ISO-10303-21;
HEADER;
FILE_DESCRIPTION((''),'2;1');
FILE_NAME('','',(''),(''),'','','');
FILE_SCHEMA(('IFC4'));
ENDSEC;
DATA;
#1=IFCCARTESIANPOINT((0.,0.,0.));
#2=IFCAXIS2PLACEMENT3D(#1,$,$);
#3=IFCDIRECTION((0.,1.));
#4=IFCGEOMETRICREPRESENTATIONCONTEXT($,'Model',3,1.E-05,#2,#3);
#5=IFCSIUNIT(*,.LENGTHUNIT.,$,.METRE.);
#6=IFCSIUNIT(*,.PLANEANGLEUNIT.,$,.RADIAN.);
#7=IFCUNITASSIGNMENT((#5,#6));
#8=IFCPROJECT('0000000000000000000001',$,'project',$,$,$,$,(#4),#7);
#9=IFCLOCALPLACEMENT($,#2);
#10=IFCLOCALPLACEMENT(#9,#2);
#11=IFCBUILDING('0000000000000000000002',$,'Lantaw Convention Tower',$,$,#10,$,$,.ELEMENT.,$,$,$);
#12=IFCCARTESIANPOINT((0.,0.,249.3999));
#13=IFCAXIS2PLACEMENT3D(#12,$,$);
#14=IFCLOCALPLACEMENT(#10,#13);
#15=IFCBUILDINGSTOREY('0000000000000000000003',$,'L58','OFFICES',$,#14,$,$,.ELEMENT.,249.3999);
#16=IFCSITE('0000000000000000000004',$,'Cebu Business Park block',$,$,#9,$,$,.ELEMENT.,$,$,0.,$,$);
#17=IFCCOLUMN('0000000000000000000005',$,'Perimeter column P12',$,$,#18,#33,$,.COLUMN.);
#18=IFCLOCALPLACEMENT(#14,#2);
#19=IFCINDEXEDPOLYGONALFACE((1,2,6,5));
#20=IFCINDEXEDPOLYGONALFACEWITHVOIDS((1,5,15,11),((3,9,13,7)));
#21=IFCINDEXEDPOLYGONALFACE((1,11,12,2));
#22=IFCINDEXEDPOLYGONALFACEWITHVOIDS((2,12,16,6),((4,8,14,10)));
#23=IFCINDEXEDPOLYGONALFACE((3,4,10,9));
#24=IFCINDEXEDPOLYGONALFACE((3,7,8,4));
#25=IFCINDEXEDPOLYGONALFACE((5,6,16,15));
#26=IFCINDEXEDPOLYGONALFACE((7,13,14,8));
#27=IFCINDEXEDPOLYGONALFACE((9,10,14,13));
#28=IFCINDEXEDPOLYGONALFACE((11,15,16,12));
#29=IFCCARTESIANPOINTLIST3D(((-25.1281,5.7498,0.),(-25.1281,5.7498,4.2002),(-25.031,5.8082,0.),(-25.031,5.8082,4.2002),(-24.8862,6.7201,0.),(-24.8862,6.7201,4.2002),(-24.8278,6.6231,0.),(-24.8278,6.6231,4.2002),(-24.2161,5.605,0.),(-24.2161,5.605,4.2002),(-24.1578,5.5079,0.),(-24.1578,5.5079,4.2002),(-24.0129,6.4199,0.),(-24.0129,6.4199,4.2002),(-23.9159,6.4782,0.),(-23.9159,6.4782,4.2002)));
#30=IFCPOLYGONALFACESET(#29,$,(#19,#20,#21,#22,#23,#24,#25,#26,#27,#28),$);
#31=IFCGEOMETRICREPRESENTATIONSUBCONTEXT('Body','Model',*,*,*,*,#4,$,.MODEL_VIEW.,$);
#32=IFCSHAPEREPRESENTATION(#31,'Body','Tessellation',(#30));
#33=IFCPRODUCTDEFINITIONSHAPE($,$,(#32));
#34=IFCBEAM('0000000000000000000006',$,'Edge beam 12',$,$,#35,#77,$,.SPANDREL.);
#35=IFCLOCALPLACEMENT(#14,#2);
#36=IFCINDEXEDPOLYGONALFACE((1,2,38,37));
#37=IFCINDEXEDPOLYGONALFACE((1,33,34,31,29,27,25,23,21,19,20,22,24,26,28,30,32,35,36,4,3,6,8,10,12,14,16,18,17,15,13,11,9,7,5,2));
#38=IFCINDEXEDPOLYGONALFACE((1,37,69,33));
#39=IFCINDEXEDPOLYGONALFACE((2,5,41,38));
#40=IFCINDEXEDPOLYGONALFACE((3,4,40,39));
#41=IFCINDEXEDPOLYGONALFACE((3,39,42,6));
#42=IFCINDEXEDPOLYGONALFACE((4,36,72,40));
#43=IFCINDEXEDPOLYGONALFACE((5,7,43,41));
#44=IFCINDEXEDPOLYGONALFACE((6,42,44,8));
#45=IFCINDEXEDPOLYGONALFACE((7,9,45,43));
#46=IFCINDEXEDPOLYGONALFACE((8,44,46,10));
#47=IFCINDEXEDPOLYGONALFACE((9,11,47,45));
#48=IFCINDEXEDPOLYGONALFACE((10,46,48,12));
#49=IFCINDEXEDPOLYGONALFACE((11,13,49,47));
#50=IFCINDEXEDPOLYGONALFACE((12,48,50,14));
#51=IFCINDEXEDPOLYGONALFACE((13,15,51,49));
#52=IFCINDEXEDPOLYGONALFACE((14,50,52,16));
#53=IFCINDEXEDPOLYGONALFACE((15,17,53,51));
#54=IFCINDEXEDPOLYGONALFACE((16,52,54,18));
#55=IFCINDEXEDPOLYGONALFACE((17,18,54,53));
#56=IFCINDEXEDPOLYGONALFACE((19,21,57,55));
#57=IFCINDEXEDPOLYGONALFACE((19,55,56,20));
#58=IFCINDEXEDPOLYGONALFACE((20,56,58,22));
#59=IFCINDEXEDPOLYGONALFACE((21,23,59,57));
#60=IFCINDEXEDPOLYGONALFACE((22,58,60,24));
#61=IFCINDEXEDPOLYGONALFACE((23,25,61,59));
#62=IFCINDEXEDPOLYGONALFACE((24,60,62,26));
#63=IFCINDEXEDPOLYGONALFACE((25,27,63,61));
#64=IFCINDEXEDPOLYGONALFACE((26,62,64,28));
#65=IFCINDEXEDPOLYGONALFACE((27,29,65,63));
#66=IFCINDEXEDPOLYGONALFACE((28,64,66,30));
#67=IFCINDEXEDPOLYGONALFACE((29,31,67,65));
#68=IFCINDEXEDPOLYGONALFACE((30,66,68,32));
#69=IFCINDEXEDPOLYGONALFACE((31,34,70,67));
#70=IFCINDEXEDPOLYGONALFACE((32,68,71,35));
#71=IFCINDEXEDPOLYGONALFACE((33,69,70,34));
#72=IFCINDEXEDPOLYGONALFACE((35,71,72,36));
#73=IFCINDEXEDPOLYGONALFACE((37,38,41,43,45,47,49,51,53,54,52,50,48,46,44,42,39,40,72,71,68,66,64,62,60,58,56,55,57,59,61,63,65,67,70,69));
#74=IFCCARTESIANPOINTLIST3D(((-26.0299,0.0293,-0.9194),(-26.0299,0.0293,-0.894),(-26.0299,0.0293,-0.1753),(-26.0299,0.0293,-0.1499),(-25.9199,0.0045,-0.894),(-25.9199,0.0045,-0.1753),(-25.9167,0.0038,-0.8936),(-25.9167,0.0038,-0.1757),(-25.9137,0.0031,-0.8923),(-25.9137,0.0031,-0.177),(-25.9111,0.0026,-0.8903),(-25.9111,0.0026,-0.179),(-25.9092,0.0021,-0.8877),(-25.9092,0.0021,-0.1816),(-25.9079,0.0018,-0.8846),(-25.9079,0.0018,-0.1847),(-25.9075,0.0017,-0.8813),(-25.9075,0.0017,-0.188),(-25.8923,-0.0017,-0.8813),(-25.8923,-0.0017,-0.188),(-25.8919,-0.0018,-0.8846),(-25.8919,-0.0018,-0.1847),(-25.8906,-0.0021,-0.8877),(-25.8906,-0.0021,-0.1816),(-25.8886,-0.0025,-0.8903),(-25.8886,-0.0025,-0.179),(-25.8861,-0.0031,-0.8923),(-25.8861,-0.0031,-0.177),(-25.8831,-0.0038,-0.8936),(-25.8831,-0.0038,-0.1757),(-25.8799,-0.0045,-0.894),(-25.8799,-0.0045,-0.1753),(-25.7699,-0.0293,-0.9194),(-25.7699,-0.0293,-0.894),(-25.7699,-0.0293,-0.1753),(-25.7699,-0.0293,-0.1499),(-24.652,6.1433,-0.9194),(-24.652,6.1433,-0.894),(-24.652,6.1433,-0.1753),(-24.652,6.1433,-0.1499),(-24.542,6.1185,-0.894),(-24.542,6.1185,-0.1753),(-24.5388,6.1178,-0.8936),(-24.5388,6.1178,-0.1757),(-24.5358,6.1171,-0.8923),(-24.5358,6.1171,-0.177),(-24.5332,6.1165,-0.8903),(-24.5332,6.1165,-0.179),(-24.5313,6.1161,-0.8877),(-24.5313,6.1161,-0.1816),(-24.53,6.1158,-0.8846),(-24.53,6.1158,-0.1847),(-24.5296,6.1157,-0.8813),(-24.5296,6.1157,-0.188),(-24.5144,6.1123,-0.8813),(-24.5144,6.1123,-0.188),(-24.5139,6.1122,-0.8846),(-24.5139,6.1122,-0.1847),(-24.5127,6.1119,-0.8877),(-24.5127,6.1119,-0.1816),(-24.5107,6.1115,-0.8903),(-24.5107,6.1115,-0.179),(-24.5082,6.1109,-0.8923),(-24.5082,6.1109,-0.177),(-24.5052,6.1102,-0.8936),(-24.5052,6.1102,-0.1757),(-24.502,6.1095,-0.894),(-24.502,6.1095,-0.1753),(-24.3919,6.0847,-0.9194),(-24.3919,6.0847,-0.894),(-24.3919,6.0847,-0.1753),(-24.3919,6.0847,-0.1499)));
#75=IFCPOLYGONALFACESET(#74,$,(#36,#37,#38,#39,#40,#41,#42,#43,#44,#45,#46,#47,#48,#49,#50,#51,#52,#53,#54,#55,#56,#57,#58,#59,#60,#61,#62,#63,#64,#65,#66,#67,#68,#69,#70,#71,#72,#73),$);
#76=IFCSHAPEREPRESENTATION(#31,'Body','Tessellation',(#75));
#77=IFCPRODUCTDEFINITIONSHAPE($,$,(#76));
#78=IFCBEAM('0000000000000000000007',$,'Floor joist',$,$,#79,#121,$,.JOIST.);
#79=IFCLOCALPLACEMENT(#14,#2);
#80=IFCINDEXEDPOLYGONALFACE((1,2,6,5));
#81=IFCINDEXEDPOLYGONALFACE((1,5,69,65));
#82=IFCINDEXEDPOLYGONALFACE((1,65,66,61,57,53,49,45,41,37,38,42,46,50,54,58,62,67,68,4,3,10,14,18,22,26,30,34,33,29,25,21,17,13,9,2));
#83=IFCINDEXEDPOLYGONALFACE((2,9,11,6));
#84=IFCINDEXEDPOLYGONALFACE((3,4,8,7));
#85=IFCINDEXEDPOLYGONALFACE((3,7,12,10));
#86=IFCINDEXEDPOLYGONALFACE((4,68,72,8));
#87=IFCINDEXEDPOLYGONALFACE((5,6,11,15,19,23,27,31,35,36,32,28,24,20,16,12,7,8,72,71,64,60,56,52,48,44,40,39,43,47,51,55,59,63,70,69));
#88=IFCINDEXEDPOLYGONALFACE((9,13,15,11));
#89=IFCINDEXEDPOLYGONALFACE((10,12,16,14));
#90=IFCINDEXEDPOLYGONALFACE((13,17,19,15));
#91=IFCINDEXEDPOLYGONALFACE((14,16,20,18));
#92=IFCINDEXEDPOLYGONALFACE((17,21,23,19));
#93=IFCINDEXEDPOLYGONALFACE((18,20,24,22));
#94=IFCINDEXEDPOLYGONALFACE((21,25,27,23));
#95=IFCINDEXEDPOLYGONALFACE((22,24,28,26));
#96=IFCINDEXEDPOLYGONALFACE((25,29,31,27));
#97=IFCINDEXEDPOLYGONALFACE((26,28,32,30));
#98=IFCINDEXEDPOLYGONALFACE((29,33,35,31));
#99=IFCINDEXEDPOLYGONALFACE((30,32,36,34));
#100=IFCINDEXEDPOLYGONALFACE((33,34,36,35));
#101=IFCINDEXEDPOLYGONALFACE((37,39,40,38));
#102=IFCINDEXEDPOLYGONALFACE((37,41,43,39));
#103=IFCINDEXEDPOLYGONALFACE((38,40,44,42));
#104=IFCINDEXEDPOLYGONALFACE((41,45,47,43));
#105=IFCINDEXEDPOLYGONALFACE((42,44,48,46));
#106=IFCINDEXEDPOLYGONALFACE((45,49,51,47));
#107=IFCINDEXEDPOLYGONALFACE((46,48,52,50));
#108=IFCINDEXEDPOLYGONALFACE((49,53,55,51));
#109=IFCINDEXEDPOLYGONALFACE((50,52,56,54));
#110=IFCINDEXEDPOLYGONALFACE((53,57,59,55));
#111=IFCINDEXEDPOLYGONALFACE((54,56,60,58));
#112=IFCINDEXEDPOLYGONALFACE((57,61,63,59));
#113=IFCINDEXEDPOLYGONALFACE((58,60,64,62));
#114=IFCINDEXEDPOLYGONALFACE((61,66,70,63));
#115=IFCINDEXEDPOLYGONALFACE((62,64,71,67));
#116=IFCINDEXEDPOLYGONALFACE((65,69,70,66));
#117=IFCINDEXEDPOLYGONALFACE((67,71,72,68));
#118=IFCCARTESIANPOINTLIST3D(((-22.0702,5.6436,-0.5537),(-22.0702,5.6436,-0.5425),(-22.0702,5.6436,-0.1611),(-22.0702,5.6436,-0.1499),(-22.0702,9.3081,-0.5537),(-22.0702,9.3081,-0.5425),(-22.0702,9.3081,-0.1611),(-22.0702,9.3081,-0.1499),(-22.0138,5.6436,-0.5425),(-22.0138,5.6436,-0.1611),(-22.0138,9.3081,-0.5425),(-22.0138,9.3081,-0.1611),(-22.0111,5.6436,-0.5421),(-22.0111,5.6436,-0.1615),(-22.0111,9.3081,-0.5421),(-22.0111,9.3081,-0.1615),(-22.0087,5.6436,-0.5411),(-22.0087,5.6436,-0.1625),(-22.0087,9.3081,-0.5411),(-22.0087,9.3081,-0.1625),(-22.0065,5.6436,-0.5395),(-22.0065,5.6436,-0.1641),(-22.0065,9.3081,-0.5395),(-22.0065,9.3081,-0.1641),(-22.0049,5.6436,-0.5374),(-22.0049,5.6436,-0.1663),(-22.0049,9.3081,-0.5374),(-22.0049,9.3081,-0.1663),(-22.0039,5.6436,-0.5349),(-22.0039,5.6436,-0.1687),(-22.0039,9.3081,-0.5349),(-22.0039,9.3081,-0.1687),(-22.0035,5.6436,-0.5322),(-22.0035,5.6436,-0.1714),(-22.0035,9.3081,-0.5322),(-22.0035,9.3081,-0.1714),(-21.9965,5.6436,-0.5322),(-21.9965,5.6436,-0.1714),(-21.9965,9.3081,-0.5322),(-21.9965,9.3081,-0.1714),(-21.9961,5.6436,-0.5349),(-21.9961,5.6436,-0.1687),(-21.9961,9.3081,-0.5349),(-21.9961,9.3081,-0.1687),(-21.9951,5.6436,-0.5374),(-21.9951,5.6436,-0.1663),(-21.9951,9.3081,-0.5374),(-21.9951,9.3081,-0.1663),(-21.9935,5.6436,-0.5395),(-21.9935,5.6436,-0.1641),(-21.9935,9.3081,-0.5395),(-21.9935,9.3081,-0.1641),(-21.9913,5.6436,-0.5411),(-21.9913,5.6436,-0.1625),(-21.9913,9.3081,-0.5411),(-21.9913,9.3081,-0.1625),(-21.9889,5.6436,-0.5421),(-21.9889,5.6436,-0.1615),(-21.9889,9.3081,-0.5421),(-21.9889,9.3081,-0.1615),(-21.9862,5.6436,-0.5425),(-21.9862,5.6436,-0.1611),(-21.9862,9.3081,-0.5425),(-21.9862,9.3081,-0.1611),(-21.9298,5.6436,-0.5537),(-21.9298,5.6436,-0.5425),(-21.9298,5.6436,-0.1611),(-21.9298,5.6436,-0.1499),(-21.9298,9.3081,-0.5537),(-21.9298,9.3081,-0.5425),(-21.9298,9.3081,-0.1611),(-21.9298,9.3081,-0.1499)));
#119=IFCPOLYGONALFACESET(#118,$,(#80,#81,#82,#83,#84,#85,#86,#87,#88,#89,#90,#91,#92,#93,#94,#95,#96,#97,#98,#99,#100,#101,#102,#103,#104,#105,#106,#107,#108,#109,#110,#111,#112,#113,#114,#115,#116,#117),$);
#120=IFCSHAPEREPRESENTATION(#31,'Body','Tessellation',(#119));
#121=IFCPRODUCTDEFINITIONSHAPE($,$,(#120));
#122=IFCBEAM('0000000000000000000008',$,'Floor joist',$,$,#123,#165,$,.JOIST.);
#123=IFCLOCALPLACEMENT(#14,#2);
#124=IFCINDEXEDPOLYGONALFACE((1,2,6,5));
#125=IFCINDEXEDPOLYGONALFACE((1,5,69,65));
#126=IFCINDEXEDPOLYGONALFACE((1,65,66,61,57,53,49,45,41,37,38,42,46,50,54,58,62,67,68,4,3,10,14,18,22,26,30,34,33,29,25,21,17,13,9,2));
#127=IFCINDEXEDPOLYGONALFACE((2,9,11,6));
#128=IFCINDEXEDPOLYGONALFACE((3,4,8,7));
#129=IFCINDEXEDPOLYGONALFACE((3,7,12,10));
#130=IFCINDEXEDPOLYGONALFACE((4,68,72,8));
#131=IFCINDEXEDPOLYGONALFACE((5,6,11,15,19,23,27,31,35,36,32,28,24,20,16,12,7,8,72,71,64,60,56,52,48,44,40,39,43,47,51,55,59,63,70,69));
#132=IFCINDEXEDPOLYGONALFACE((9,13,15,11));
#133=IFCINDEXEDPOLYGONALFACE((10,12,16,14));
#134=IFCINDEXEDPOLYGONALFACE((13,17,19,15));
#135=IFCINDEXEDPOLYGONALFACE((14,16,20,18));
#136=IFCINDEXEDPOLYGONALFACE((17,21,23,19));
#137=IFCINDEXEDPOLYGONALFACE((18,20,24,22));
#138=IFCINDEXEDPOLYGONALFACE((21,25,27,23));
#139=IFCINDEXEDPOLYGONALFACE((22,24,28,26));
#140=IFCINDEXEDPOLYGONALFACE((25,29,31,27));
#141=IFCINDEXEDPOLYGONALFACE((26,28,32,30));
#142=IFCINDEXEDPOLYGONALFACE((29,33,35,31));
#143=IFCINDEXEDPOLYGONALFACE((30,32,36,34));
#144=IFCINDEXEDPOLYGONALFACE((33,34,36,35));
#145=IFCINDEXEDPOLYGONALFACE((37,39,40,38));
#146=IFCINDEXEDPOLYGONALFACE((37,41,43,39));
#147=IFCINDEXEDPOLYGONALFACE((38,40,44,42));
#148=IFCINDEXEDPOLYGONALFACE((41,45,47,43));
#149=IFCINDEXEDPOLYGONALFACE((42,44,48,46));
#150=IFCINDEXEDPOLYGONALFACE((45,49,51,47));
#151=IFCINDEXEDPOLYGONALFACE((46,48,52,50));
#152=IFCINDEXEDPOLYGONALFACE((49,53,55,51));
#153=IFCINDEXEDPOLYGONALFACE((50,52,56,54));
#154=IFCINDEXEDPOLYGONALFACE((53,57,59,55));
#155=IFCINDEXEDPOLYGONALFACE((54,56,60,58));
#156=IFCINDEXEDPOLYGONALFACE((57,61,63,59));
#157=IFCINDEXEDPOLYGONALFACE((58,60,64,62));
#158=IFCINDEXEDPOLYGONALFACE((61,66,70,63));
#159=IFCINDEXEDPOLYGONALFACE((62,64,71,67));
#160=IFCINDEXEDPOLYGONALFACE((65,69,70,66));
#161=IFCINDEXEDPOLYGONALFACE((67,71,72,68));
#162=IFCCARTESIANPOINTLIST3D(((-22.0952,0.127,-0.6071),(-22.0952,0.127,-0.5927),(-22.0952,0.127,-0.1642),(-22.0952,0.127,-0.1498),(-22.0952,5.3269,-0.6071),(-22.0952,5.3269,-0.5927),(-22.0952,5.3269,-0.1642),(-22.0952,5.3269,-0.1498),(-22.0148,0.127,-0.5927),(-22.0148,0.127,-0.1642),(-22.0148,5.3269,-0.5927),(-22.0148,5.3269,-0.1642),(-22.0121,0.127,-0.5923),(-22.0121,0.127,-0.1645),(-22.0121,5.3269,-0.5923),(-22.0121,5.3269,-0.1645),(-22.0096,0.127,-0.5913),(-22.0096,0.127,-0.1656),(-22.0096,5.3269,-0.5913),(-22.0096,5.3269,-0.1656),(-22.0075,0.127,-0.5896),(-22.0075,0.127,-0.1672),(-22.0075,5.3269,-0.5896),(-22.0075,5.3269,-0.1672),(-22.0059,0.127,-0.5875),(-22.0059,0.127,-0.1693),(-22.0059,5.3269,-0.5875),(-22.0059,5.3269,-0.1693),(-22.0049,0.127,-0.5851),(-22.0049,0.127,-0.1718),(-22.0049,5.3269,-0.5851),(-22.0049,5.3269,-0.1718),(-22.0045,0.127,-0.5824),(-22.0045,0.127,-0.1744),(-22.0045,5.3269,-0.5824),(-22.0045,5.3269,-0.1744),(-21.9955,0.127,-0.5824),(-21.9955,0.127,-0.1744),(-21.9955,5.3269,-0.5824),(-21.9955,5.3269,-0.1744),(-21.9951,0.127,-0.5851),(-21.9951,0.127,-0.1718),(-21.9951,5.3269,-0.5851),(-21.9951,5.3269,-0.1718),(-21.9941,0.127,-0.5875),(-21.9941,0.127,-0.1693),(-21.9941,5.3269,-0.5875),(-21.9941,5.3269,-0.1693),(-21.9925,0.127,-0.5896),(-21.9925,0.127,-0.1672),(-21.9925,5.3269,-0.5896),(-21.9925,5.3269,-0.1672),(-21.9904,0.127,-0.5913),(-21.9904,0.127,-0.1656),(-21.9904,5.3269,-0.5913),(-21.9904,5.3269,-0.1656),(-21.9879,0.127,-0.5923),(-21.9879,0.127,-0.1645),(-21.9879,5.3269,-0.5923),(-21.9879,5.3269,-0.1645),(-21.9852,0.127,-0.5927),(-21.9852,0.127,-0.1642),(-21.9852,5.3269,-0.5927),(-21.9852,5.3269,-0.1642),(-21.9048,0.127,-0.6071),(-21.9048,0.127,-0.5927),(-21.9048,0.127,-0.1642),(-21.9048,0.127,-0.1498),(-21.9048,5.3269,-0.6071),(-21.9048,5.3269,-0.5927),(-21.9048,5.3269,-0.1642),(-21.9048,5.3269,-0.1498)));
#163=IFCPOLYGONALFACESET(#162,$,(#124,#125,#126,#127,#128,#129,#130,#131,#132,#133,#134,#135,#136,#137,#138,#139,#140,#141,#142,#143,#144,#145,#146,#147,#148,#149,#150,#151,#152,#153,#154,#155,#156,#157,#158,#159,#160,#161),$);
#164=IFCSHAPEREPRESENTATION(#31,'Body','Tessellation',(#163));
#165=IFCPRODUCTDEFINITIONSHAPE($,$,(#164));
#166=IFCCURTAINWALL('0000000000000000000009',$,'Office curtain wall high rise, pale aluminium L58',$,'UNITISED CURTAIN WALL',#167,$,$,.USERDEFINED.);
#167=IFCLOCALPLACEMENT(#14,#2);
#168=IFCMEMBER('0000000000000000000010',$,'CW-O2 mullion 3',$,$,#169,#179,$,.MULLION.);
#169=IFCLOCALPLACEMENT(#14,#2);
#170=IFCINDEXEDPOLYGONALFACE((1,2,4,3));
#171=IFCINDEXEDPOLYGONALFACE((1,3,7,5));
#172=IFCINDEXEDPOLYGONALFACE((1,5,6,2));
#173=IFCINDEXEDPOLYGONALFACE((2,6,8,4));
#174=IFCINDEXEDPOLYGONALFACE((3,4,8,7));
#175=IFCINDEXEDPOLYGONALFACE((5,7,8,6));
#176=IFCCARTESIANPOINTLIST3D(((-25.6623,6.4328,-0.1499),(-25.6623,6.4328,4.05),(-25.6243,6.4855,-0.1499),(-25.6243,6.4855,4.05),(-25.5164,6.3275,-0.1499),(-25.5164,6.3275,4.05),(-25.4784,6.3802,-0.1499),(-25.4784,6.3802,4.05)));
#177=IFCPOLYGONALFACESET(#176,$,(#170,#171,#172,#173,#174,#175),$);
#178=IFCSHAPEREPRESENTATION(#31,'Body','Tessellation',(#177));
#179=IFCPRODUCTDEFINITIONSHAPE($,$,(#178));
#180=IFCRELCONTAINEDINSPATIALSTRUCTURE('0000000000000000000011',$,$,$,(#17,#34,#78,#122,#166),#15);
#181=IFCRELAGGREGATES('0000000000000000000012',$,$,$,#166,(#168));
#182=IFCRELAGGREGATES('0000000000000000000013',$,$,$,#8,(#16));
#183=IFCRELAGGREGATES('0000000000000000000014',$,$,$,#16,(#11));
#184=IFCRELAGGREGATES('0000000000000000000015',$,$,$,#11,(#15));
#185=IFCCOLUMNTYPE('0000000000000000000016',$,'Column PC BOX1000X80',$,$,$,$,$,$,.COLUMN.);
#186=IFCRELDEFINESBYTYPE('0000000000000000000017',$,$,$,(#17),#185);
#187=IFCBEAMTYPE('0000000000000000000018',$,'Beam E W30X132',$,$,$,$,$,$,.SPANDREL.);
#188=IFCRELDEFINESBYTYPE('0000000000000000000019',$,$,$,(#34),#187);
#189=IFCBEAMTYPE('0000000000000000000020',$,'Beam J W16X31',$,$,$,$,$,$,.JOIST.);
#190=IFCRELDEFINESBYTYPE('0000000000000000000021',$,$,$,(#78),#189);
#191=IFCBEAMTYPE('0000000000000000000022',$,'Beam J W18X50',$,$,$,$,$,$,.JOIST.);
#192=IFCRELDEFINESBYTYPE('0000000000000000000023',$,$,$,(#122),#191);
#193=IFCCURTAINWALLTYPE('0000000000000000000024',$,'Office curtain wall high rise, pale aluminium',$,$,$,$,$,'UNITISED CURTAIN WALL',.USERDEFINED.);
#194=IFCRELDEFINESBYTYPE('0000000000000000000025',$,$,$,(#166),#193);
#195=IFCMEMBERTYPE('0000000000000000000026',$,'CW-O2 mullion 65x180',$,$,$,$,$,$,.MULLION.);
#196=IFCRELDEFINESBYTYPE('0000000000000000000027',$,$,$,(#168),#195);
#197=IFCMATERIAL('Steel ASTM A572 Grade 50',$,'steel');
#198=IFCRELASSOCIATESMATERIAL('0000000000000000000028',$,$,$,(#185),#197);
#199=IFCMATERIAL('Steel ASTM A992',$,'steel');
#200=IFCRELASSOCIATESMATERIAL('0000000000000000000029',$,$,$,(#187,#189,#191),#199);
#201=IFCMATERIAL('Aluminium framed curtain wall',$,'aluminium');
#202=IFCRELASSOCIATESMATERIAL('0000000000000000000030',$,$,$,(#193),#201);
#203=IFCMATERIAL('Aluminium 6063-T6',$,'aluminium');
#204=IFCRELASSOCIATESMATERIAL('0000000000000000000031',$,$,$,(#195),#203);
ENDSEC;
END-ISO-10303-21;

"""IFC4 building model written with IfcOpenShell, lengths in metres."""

from ifc_helpers import new_model, si_unit, direction, frame, origin, origin_2d, place, context, subcontext, project, spatial, rectangle, hollow_rectangle, i_section, extrude, material, material_profile, profile_set, type_object, element, aggregate, save


model = new_model("IFC4")

# Units and contexts
model_context = context("Model", 3, precision=1e-05, world=origin(), true_north=direction((0.0, 1.0)))
body_context = subcontext(model_context, "Body", "Model", "MODEL_VIEW")
ifc_project = project(units=[si_unit("LENGTHUNIT", "METRE"), si_unit("PLANEANGLEUNIT", "RADIAN")], contexts=[model_context])

# Site, building, storey
site_placement = place(None, origin())
site = spatial("IfcSite", under=ifc_project, at=site_placement, Name="Cebu Business Park block", CompositionType="ELEMENT", RefElevation=0.0)
building_placement = place(site_placement, origin())
building = spatial("IfcBuilding", under=site, at=building_placement, Name="Lantaw Convention Tower", CompositionType="ELEMENT")
storey_placement = place(building_placement, frame((0.0, 0.0, 249.3999)))
storey = spatial("IfcBuildingStorey", under=building, at=storey_placement, Name="L58", Description="OFFICES", CompositionType="ELEMENT", Elevation=249.3999)

# Column
ifc_material_1 = material(Name="Steel ASTM A572 Grade 50", Category="steel")
ifc_material_profile_1 = material_profile(ifc_material_1, hollow_rectangle(XDim=1.0, YDim=1.0, WallThickness=0.0801, at=origin_2d()), Name="BOX1000X80")
ifc_material_2 = material(Name="Concrete C60/75", Category="concrete")
ifc_material_profile_2 = material_profile(ifc_material_2, rectangle(XDim=0.8401, YDim=0.8401, at=origin_2d()), Name="Concrete fill of BOX1000X80")
ifc_profile_set_1 = profile_set([ifc_material_profile_1, ifc_material_profile_2], Name="Steel ASTM A572 Grade 50")
column_type = type_object("IfcColumnType", Name="Column PC BOX1000X80", PredefinedType="COLUMN", material=ifc_profile_set_1)
column_placement = place(storey_placement, frame((-24.522, 6.114, 0.0), z_axis=(0.0, 0.0, 1.0), x_axis=(0.241922, 0.970296, 0.0)))
element("IfcColumn", 1, at=column_placement, inside=storey, type_object=column_type, Name="Perimeter column P12", PredefinedType="COLUMN", context=body_context, shape_type="SweptSolid", body=[
    extrude(hollow_rectangle(XDim=1.0, YDim=1.0, WallThickness=0.0801, at=origin_2d()), origin(), (0.0, 0.0, 1.0), 4.2002),
])

# Beams
ifc_material_3 = material(Name="Steel ASTM A992", Category="steel")
ifc_material_profile_3 = material_profile(ifc_material_3, i_section(OverallWidth=0.2666, OverallDepth=0.7695, WebThickness=0.0156, FlangeThickness=0.0254, FilletRadius=0.0127, at=origin_2d()), Name="W30X132")
ifc_profile_set_2 = profile_set([ifc_material_profile_3], Name="Steel ASTM A992")
beam_type_1 = type_object("IfcBeamType", Name="Beam E W30X132", PredefinedType="SPANDREL", material=ifc_profile_set_2)
beam_1_placement = place(storey_placement, frame((-24.522, 6.114, -0.5347), z_axis=(-0.219858, -0.975532, 0.0), x_axis=(0.975532, -0.219858, 0.0)))
element("IfcBeam", 2, at=beam_1_placement, inside=storey, type_object=beam_type_1, Name="Edge beam 12", PredefinedType="SPANDREL", context=body_context, shape_type="SweptSolid", body=[
    extrude(i_section(OverallWidth=0.2666, OverallDepth=0.7695, WebThickness=0.0156, FlangeThickness=0.0254, FilletRadius=0.0127, at=origin_2d()), origin(), (0.0, 0.0, 1.0), 6.2673),
])
ifc_material_profile_4 = material_profile(ifc_material_3, i_section(OverallWidth=0.1404, OverallDepth=0.4038, WebThickness=0.0071, FlangeThickness=0.0112, FilletRadius=0.0103, at=origin_2d()), Name="W16X31")
ifc_profile_set_3 = profile_set([ifc_material_profile_4], Name="Steel ASTM A992")
beam_type_2 = type_object("IfcBeamType", Name="Beam J W16X31", PredefinedType="JOIST", material=ifc_profile_set_3)
beam_2_placement = place(storey_placement, frame((-22.0, 5.6436, -0.3518), z_axis=(0.0, 1.0, 0.0), x_axis=(-1.0, 0.0, 0.0)))
element("IfcBeam", 3, at=beam_2_placement, inside=storey, type_object=beam_type_2, Name="Floor joist", PredefinedType="JOIST", context=body_context, shape_type="SweptSolid", body=[
    extrude(i_section(OverallWidth=0.1404, OverallDepth=0.4038, WebThickness=0.0071, FlangeThickness=0.0112, FilletRadius=0.0103, at=origin_2d()), origin(), (0.0, 0.0, 1.0), 3.6646),
])
ifc_material_profile_5 = material_profile(ifc_material_3, i_section(OverallWidth=0.1904, OverallDepth=0.4573, WebThickness=0.009, FlangeThickness=0.0144, FilletRadius=0.0103, at=origin_2d()), Name="W18X50")
ifc_profile_set_4 = profile_set([ifc_material_profile_5], Name="Steel ASTM A992")
beam_type_3 = type_object("IfcBeamType", Name="Beam J W18X50", PredefinedType="JOIST", material=ifc_profile_set_4)
beam_3_placement = place(storey_placement, frame((-22.0, 0.127, -0.3784), z_axis=(0.0, 1.0, 0.0), x_axis=(-1.0, 0.0, 0.0)))
element("IfcBeam", 4, at=beam_3_placement, inside=storey, type_object=beam_type_3, Name="Floor joist", PredefinedType="JOIST", context=body_context, shape_type="SweptSolid", body=[
    extrude(i_section(OverallWidth=0.1904, OverallDepth=0.4573, WebThickness=0.009, FlangeThickness=0.0144, FilletRadius=0.0103, at=origin_2d()), origin(), (0.0, 0.0, 1.0), 5.2),
])

# Curtain wall, member
ifc_material_4 = material(Name="Aluminium framed curtain wall", Category="aluminium")
curtain_wall_type = type_object("IfcCurtainWallType", Name="Office curtain wall high rise, pale aluminium", ElementType="UNITISED CURTAIN WALL", PredefinedType="USERDEFINED", material=ifc_material_4)
curtain_wall_1_placement = place(storey_placement, origin())
curtain_wall_1 = element("IfcCurtainWall", 5, at=curtain_wall_1_placement, inside=storey, type_object=curtain_wall_type, Name="Office curtain wall high rise, pale aluminium L58", ObjectType="UNITISED CURTAIN WALL", PredefinedType="USERDEFINED")
ifc_material_5 = material(Name="Aluminium 6063-T6", Category="aluminium")
ifc_material_profile_6 = material_profile(ifc_material_5, rectangle(XDim=0.1799, YDim=0.0649, at=origin_2d()), Name="CW-O2 mullion 65x180")
ifc_profile_set_5 = profile_set([ifc_material_profile_6], Name="Aluminium 6063-T6")
member_type_1 = type_object("IfcMemberType", Name="CW-O2 mullion 65x180", PredefinedType="MULLION", material=ifc_profile_set_5)
member_1_placement = place(storey_placement, frame((-25.5703, 6.4065, -0.1499), z_axis=(0.0, 0.0, 1.0), x_axis=(0.81092, -0.585158, 0.0)))
member_1 = element("IfcMember", 6, at=member_1_placement, type_object=member_type_1, Name="CW-O2 mullion 3", PredefinedType="MULLION", context=body_context, shape_type="SweptSolid", body=[
    extrude(rectangle(XDim=0.1799, YDim=0.0649, at=origin_2d()), origin(), (0.0, 0.0, 1.0), 4.2),
])
aggregate(curtain_wall_1, [member_1])

save(model, "model.ifc")
